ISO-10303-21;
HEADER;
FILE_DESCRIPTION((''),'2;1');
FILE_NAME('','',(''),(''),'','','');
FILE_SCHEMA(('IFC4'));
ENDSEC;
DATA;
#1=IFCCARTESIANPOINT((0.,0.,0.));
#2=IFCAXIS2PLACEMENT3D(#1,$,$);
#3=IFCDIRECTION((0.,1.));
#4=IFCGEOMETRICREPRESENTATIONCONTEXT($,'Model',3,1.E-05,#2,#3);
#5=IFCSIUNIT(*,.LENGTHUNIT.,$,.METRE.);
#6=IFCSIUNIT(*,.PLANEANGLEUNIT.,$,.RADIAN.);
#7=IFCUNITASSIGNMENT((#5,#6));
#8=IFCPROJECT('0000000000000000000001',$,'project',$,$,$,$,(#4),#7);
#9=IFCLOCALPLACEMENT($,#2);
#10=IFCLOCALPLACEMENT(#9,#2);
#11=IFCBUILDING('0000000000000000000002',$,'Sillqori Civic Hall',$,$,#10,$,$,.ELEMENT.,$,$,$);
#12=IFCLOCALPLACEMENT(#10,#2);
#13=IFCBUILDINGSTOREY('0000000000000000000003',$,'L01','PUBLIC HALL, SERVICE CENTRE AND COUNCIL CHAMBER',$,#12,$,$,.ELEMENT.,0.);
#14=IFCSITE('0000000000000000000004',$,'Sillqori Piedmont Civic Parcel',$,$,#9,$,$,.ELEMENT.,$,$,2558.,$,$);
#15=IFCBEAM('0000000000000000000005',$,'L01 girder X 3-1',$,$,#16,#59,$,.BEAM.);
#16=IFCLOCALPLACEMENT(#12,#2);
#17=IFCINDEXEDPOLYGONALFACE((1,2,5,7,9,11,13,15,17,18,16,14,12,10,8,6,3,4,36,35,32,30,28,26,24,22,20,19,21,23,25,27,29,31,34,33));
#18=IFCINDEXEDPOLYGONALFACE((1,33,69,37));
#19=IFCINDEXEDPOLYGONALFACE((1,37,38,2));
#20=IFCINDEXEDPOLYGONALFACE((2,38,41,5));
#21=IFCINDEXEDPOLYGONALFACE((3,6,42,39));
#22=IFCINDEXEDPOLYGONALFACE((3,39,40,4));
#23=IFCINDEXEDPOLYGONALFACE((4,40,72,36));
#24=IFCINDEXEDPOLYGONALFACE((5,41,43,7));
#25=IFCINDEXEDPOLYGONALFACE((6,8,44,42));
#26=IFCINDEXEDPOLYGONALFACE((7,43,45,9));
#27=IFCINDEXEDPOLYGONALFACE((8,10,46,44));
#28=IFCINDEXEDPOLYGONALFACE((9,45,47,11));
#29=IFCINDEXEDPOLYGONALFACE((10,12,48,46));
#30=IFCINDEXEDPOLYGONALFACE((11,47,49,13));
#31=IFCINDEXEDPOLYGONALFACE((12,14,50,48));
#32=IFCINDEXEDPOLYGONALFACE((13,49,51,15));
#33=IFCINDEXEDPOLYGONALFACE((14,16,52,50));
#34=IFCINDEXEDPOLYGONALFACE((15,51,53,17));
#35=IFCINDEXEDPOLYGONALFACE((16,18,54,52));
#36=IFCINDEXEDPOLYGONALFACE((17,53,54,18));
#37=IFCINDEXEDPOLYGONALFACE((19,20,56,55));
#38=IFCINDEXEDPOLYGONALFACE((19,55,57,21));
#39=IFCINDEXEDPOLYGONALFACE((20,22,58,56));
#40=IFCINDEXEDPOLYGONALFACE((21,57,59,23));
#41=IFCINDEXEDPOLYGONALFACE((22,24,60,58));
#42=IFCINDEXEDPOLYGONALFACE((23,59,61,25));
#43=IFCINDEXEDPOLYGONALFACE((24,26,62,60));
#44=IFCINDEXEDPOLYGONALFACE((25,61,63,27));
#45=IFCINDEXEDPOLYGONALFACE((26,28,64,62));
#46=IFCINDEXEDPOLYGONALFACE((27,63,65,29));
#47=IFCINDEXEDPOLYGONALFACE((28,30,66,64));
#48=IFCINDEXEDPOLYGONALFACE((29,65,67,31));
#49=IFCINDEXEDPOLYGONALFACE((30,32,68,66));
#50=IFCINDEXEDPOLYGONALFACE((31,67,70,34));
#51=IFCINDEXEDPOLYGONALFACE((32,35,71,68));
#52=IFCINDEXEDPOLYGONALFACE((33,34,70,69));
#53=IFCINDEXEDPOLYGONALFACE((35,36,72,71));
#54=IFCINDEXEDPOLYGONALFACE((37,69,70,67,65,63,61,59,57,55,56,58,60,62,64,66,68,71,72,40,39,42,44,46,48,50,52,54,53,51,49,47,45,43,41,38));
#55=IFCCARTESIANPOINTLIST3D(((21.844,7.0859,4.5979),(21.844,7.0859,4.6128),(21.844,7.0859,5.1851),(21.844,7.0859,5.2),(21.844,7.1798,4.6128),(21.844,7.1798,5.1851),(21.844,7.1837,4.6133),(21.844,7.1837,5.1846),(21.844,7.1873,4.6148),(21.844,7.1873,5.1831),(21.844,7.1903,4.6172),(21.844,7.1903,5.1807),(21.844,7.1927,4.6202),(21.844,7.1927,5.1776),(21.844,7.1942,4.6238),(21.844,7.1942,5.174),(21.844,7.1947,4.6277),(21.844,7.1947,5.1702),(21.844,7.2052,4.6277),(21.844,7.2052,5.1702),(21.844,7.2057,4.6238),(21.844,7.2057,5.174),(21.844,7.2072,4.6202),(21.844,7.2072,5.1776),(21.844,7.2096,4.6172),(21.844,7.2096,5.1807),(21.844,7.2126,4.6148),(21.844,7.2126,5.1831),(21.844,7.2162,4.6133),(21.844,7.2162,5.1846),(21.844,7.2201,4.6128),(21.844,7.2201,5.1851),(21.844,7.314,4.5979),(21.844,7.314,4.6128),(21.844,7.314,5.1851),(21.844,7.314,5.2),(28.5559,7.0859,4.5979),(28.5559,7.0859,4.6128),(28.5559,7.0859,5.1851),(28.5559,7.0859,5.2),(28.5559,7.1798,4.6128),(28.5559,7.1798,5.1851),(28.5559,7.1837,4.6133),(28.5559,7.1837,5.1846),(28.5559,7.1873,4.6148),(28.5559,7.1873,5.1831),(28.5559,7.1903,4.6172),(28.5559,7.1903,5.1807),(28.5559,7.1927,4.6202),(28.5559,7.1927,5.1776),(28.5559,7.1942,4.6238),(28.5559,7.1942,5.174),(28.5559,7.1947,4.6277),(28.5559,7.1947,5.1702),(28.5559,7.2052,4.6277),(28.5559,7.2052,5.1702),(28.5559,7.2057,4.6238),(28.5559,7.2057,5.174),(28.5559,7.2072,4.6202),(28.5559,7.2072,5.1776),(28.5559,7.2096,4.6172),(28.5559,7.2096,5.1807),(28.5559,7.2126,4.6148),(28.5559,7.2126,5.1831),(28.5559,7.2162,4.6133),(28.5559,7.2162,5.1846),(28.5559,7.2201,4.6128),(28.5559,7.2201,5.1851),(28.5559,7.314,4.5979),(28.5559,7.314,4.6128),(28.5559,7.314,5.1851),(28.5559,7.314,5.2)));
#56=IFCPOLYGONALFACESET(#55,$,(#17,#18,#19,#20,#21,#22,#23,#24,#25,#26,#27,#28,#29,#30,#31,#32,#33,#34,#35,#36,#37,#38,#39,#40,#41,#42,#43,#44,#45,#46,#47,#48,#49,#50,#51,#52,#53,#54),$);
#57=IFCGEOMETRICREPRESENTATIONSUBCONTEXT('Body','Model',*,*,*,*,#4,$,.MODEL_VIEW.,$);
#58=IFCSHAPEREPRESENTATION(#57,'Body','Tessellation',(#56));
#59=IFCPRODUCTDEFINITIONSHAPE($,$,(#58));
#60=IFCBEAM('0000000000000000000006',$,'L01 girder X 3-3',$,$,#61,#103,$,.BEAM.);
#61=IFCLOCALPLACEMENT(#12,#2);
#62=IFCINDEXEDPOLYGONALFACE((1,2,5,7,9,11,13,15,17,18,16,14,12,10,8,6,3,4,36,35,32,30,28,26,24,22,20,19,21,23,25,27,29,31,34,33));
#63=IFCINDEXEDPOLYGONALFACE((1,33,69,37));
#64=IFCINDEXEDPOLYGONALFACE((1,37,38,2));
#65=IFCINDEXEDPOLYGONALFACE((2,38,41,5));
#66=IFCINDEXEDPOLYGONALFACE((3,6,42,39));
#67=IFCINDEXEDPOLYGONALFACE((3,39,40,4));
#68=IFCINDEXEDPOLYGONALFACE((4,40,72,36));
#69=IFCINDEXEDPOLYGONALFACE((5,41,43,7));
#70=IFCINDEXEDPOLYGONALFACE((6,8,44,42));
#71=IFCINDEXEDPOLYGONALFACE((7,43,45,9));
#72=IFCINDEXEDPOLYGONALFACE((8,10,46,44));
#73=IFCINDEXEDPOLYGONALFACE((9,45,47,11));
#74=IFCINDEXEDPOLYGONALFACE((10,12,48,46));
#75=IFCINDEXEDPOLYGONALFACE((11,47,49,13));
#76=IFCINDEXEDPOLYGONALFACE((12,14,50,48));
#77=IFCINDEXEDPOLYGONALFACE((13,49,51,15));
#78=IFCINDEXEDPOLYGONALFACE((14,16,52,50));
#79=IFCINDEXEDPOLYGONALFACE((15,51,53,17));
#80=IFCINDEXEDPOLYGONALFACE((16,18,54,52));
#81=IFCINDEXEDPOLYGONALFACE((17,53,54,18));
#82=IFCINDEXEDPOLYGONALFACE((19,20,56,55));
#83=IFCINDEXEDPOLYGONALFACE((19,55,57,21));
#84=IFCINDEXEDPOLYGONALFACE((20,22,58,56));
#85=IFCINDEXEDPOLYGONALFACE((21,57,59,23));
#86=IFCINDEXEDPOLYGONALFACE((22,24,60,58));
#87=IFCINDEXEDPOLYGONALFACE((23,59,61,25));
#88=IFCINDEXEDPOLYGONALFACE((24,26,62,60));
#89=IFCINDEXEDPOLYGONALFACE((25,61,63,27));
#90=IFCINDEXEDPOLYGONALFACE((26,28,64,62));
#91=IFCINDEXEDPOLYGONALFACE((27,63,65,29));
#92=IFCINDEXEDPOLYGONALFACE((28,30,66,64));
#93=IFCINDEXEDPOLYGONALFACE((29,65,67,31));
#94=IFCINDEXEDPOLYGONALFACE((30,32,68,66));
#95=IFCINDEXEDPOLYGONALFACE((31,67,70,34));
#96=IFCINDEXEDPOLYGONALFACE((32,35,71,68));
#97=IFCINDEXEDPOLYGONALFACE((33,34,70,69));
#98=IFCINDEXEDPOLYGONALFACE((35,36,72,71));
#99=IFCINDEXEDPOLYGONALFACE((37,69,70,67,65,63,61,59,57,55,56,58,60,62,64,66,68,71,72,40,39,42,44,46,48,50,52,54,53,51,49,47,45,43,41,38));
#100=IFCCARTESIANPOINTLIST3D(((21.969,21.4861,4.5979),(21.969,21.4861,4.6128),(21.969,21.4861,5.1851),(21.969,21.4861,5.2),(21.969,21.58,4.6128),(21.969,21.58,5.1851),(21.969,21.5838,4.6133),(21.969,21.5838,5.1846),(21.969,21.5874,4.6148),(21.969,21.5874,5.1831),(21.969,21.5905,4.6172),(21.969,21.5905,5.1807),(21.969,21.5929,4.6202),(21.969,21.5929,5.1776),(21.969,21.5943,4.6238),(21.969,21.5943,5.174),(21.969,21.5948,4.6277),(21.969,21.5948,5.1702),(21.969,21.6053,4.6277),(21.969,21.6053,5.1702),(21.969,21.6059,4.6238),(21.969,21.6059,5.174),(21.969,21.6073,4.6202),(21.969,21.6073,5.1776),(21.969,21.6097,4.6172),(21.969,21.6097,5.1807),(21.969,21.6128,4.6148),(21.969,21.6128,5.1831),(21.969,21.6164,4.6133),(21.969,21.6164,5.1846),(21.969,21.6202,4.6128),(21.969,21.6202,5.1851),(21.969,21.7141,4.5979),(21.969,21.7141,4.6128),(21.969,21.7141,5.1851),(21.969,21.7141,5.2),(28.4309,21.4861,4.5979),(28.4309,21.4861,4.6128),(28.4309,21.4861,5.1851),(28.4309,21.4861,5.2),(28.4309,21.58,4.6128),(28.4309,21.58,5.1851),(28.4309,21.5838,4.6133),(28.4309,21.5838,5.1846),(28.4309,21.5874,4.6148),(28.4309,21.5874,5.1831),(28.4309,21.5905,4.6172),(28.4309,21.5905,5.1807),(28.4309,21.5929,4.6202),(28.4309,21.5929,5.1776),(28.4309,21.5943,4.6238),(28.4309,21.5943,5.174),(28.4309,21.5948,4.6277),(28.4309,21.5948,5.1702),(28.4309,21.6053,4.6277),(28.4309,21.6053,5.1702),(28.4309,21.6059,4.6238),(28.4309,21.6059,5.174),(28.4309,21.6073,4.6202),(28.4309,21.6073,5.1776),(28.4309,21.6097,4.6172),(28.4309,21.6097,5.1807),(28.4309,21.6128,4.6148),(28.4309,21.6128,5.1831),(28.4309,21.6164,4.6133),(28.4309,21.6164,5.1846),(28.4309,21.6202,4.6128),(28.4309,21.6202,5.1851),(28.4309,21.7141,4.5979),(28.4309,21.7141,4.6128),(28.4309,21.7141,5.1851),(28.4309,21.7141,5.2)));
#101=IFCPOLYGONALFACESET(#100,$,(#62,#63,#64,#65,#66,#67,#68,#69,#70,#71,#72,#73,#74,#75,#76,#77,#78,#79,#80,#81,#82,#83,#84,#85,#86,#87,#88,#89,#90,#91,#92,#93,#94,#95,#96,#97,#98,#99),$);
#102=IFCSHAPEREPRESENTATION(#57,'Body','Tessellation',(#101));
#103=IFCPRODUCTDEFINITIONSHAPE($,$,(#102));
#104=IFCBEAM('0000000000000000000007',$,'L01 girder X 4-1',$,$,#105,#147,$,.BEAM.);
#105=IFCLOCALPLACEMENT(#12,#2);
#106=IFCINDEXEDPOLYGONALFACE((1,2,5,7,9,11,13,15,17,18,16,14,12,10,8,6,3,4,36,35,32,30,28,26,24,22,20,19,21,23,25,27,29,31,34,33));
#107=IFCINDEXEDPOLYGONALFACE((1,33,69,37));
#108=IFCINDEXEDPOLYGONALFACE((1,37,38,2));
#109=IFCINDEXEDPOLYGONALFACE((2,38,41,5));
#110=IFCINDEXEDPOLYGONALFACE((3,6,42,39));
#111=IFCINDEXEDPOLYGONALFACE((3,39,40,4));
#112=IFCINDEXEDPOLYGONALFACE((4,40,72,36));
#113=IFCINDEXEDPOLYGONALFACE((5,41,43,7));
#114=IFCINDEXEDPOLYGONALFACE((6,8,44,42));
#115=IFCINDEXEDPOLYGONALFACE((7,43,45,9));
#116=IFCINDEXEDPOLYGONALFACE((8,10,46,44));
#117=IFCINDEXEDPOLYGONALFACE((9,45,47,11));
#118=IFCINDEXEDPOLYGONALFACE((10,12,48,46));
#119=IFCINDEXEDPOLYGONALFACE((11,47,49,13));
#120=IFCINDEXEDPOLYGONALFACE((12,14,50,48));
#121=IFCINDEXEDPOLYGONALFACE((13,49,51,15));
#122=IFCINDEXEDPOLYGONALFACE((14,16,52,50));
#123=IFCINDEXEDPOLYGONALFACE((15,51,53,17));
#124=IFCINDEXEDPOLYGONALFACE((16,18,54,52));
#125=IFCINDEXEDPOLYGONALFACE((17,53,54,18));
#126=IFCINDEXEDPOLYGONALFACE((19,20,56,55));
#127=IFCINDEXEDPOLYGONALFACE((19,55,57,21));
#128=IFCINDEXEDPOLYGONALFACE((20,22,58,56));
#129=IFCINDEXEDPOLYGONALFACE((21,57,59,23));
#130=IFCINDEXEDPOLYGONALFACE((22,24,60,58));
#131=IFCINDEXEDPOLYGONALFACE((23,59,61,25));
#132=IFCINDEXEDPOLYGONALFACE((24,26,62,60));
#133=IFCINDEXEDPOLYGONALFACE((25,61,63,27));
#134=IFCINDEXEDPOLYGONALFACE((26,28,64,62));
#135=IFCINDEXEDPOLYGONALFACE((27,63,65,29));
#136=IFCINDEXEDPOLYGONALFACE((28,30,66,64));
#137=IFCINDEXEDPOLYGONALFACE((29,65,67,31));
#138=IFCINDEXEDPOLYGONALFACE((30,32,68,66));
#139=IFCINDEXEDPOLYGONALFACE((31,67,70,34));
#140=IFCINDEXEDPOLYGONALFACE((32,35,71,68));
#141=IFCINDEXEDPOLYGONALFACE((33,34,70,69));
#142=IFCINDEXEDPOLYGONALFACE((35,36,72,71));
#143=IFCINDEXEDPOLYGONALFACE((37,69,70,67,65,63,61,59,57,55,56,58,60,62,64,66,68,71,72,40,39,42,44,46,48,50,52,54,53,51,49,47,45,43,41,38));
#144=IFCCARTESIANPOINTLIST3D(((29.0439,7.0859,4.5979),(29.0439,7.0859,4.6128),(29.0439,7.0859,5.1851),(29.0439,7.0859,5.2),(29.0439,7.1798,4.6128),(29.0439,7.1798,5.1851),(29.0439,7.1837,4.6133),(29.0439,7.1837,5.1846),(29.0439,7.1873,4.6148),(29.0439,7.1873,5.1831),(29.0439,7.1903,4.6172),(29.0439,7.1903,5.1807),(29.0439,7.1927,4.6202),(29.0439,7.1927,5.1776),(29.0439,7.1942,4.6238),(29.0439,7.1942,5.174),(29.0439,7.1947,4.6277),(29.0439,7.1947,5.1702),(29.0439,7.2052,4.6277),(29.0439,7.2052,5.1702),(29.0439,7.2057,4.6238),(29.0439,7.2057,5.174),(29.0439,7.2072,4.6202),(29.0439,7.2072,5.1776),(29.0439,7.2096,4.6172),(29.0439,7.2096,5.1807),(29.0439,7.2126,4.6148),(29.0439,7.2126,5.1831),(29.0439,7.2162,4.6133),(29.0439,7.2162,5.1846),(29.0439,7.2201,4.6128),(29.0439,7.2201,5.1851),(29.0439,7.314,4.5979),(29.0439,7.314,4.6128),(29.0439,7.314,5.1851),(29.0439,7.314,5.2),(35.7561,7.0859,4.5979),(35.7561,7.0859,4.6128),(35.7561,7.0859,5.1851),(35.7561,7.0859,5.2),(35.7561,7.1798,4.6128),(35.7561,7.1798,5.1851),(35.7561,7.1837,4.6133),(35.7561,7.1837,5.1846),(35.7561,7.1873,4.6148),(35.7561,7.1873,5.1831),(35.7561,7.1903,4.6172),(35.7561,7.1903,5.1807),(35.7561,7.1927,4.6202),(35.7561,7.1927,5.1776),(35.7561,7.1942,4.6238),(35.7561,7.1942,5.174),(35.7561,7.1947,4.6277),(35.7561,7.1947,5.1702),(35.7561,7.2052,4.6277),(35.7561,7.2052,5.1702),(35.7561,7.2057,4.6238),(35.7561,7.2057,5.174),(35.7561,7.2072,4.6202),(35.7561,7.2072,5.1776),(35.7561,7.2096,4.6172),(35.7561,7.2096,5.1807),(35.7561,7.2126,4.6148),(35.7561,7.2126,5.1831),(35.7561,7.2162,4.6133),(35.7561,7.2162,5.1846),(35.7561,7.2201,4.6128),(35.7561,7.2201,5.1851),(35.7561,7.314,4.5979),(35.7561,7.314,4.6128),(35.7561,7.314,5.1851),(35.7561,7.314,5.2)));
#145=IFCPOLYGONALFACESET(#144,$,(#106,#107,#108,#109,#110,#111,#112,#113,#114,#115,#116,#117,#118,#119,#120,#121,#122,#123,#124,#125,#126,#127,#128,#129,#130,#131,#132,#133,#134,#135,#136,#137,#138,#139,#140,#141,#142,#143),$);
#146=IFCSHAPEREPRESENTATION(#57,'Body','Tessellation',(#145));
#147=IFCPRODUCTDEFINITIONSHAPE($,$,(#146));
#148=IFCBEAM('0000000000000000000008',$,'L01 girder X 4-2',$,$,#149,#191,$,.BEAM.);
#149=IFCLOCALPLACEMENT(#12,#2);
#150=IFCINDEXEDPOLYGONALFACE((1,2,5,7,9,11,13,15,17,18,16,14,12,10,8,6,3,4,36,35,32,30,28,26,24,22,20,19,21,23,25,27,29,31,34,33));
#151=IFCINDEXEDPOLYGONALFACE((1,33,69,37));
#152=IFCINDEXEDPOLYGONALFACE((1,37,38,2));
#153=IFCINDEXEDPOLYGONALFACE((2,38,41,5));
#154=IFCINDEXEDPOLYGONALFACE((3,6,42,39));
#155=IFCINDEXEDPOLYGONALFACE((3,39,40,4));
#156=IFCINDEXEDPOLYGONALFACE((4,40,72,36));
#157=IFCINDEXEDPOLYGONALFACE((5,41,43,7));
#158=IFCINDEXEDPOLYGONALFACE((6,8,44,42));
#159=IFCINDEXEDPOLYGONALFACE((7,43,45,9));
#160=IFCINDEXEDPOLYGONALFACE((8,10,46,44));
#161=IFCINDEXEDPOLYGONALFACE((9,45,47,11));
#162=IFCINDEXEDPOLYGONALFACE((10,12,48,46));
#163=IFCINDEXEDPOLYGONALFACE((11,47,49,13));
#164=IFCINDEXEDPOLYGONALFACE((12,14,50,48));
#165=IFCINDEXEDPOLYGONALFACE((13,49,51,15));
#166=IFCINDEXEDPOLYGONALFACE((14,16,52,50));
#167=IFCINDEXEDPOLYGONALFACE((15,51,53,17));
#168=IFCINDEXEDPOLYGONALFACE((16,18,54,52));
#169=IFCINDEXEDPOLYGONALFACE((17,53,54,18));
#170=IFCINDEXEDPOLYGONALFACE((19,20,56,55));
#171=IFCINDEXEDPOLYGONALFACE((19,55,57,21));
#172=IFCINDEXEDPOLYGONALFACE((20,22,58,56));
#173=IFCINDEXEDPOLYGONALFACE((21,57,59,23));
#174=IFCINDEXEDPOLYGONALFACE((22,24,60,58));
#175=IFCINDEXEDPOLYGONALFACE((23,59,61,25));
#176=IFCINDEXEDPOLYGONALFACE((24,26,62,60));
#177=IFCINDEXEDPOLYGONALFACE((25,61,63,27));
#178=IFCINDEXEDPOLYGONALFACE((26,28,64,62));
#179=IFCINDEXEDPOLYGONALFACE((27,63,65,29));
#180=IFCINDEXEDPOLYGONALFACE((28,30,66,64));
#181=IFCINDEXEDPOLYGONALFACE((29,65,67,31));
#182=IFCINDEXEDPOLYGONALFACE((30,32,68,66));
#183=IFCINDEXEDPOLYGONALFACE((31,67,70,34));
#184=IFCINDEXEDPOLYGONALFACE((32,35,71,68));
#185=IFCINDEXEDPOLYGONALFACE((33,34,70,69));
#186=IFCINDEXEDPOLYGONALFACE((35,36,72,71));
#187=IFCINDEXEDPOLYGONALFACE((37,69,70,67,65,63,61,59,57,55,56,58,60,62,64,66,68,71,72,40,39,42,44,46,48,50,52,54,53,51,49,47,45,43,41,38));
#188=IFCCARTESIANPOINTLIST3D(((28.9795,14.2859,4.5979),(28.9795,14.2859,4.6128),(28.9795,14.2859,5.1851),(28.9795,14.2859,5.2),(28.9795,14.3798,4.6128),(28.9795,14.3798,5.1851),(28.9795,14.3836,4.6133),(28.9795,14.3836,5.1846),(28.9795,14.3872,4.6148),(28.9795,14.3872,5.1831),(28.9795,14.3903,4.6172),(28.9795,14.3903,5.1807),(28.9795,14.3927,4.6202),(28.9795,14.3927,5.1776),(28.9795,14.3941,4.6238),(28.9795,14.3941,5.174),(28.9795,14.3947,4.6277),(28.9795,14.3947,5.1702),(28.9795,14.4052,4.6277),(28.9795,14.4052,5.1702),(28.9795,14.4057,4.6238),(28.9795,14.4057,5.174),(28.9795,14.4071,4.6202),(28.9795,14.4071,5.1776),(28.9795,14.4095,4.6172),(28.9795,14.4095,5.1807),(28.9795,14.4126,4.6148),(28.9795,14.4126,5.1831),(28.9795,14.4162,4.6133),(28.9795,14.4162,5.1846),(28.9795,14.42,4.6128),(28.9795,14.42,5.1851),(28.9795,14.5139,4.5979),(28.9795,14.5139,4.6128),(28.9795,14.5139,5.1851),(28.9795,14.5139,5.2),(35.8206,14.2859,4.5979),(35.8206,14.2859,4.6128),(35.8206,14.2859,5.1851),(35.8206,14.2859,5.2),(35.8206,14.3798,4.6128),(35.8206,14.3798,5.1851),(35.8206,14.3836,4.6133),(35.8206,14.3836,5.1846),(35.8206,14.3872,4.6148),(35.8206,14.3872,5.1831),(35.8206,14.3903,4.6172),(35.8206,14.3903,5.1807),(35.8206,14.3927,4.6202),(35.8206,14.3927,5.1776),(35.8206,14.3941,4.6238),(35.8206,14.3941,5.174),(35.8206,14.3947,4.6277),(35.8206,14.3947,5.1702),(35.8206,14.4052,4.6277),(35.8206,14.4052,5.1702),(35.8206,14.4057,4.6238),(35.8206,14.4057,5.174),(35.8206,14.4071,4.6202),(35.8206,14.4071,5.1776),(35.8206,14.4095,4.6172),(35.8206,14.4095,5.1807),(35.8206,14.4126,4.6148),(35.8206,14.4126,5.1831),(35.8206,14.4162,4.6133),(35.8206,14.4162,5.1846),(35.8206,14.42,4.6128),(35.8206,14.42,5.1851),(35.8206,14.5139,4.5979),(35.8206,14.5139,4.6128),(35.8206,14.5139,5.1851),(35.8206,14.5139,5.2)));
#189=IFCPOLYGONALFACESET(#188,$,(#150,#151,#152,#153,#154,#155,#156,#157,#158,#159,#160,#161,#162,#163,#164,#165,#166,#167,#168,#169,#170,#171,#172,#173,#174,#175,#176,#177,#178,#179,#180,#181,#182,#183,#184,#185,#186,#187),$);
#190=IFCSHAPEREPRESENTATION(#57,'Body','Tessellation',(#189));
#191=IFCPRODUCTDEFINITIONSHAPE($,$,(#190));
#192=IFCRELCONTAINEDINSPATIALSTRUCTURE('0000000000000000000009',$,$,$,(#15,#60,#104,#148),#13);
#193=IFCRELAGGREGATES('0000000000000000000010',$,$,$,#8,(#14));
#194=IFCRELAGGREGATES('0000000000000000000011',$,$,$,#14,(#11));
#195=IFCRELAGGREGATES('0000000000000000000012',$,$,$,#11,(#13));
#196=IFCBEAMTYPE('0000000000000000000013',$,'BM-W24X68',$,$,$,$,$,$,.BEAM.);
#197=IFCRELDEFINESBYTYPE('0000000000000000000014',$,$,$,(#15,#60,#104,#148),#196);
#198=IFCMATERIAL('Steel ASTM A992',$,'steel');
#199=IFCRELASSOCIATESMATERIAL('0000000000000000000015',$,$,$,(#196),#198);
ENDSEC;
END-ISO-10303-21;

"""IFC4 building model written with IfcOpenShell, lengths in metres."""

from ifc_helpers import new_model, si_unit, direction, frame, origin, origin_2d, place, context, subcontext, project, spatial, i_section, extrude, material, material_profile, profile_set, type_object, element, save


model = new_model("IFC4")

# Units and contexts
model_context = context("Model", 3, precision=1e-05, world=origin(), true_north=direction((0.0, 1.0)))
body_context = subcontext(model_context, "Body", "Model", "MODEL_VIEW")
ifc_project = project(units=[si_unit("LENGTHUNIT", "METRE"), si_unit("PLANEANGLEUNIT", "RADIAN")], contexts=[model_context])

# Site, building, storey
site_placement = place(None, origin())
site = spatial("IfcSite", under=ifc_project, at=site_placement, Name="Sillqori Piedmont Civic Parcel", CompositionType="ELEMENT", RefElevation=2558.0)
building_placement = place(site_placement, origin())
building = spatial("IfcBuilding", under=site, at=building_placement, Name="Sillqori Civic Hall", CompositionType="ELEMENT")
storey_placement = place(building_placement, origin())
storey = spatial("IfcBuildingStorey", under=building, at=storey_placement, Name="L01", Description="PUBLIC HALL, SERVICE CENTRE AND COUNCIL CHAMBER", CompositionType="ELEMENT", Elevation=0.0)

# Shared definitions
ifc_material_1 = material(Name="Steel ASTM A992", Category="steel")

# Beams
ifc_material_profile_1 = material_profile(ifc_material_1, i_section(OverallWidth=0.228, OverallDepth=0.6021, WebThickness=0.0105, FlangeThickness=0.0149, FilletRadius=0.0149, at=origin_2d()), Name="W24X68")
ifc_profile_set_1 = profile_set([ifc_material_profile_1], Name="Steel ASTM A992")
beam_type_1 = type_object("IfcBeamType", Name="BM-W24X68", PredefinedType="BEAM", material=ifc_profile_set_1)
beam_1_placement = place(storey_placement, frame((21.844, 7.2, 4.8989), z_axis=(1.0, 0.0, 0.0), x_axis=(0.0, 1.0, 0.0)))
element("IfcBeam", 1, at=beam_1_placement, inside=storey, type_object=beam_type_1, Name="L01 girder X 3-1", PredefinedType="BEAM", context=body_context, shape_type="SweptSolid", body=[
    extrude(i_section(OverallWidth=0.228, OverallDepth=0.6021, WebThickness=0.0105, FlangeThickness=0.0149, FilletRadius=0.0149, at=origin_2d()), origin(), (0.0, 0.0, 1.0), 6.7119),
])
beam_2_placement = place(storey_placement, frame((21.969, 21.6001, 4.8989), z_axis=(1.0, 0.0, 0.0), x_axis=(0.0, 1.0, 0.0)))
element("IfcBeam", 2, at=beam_2_placement, inside=storey, type_object=beam_type_1, Name="L01 girder X 3-3", PredefinedType="BEAM", context=body_context, shape_type="SweptSolid", body=[
    extrude(i_section(OverallWidth=0.228, OverallDepth=0.6021, WebThickness=0.0105, FlangeThickness=0.0149, FilletRadius=0.0149, at=origin_2d()), origin(), (0.0, 0.0, 1.0), 6.4619),
])
beam_3_placement = place(storey_placement, frame((29.0439, 7.2, 4.8989), z_axis=(1.0, 0.0, 0.0), x_axis=(0.0, 1.0, 0.0)))
element("IfcBeam", 3, at=beam_3_placement, inside=storey, type_object=beam_type_1, Name="L01 girder X 4-1", PredefinedType="BEAM", context=body_context, shape_type="SweptSolid", body=[
    extrude(i_section(OverallWidth=0.228, OverallDepth=0.6021, WebThickness=0.0105, FlangeThickness=0.0149, FilletRadius=0.0149, at=origin_2d()), origin(), (0.0, 0.0, 1.0), 6.7122),
])
beam_4_placement = place(storey_placement, frame((28.9795, 14.3999, 4.8989), z_axis=(1.0, 0.0, 0.0), x_axis=(0.0, 1.0, 0.0)))
element("IfcBeam", 4, at=beam_4_placement, inside=storey, type_object=beam_type_1, Name="L01 girder X 4-2", PredefinedType="BEAM", context=body_context, shape_type="SweptSolid", body=[
    extrude(i_section(OverallWidth=0.228, OverallDepth=0.6021, WebThickness=0.0105, FlangeThickness=0.0149, FilletRadius=0.0149, at=origin_2d()), origin(), (0.0, 0.0, 1.0), 6.8411),
])

save(model, "model.ifc")
